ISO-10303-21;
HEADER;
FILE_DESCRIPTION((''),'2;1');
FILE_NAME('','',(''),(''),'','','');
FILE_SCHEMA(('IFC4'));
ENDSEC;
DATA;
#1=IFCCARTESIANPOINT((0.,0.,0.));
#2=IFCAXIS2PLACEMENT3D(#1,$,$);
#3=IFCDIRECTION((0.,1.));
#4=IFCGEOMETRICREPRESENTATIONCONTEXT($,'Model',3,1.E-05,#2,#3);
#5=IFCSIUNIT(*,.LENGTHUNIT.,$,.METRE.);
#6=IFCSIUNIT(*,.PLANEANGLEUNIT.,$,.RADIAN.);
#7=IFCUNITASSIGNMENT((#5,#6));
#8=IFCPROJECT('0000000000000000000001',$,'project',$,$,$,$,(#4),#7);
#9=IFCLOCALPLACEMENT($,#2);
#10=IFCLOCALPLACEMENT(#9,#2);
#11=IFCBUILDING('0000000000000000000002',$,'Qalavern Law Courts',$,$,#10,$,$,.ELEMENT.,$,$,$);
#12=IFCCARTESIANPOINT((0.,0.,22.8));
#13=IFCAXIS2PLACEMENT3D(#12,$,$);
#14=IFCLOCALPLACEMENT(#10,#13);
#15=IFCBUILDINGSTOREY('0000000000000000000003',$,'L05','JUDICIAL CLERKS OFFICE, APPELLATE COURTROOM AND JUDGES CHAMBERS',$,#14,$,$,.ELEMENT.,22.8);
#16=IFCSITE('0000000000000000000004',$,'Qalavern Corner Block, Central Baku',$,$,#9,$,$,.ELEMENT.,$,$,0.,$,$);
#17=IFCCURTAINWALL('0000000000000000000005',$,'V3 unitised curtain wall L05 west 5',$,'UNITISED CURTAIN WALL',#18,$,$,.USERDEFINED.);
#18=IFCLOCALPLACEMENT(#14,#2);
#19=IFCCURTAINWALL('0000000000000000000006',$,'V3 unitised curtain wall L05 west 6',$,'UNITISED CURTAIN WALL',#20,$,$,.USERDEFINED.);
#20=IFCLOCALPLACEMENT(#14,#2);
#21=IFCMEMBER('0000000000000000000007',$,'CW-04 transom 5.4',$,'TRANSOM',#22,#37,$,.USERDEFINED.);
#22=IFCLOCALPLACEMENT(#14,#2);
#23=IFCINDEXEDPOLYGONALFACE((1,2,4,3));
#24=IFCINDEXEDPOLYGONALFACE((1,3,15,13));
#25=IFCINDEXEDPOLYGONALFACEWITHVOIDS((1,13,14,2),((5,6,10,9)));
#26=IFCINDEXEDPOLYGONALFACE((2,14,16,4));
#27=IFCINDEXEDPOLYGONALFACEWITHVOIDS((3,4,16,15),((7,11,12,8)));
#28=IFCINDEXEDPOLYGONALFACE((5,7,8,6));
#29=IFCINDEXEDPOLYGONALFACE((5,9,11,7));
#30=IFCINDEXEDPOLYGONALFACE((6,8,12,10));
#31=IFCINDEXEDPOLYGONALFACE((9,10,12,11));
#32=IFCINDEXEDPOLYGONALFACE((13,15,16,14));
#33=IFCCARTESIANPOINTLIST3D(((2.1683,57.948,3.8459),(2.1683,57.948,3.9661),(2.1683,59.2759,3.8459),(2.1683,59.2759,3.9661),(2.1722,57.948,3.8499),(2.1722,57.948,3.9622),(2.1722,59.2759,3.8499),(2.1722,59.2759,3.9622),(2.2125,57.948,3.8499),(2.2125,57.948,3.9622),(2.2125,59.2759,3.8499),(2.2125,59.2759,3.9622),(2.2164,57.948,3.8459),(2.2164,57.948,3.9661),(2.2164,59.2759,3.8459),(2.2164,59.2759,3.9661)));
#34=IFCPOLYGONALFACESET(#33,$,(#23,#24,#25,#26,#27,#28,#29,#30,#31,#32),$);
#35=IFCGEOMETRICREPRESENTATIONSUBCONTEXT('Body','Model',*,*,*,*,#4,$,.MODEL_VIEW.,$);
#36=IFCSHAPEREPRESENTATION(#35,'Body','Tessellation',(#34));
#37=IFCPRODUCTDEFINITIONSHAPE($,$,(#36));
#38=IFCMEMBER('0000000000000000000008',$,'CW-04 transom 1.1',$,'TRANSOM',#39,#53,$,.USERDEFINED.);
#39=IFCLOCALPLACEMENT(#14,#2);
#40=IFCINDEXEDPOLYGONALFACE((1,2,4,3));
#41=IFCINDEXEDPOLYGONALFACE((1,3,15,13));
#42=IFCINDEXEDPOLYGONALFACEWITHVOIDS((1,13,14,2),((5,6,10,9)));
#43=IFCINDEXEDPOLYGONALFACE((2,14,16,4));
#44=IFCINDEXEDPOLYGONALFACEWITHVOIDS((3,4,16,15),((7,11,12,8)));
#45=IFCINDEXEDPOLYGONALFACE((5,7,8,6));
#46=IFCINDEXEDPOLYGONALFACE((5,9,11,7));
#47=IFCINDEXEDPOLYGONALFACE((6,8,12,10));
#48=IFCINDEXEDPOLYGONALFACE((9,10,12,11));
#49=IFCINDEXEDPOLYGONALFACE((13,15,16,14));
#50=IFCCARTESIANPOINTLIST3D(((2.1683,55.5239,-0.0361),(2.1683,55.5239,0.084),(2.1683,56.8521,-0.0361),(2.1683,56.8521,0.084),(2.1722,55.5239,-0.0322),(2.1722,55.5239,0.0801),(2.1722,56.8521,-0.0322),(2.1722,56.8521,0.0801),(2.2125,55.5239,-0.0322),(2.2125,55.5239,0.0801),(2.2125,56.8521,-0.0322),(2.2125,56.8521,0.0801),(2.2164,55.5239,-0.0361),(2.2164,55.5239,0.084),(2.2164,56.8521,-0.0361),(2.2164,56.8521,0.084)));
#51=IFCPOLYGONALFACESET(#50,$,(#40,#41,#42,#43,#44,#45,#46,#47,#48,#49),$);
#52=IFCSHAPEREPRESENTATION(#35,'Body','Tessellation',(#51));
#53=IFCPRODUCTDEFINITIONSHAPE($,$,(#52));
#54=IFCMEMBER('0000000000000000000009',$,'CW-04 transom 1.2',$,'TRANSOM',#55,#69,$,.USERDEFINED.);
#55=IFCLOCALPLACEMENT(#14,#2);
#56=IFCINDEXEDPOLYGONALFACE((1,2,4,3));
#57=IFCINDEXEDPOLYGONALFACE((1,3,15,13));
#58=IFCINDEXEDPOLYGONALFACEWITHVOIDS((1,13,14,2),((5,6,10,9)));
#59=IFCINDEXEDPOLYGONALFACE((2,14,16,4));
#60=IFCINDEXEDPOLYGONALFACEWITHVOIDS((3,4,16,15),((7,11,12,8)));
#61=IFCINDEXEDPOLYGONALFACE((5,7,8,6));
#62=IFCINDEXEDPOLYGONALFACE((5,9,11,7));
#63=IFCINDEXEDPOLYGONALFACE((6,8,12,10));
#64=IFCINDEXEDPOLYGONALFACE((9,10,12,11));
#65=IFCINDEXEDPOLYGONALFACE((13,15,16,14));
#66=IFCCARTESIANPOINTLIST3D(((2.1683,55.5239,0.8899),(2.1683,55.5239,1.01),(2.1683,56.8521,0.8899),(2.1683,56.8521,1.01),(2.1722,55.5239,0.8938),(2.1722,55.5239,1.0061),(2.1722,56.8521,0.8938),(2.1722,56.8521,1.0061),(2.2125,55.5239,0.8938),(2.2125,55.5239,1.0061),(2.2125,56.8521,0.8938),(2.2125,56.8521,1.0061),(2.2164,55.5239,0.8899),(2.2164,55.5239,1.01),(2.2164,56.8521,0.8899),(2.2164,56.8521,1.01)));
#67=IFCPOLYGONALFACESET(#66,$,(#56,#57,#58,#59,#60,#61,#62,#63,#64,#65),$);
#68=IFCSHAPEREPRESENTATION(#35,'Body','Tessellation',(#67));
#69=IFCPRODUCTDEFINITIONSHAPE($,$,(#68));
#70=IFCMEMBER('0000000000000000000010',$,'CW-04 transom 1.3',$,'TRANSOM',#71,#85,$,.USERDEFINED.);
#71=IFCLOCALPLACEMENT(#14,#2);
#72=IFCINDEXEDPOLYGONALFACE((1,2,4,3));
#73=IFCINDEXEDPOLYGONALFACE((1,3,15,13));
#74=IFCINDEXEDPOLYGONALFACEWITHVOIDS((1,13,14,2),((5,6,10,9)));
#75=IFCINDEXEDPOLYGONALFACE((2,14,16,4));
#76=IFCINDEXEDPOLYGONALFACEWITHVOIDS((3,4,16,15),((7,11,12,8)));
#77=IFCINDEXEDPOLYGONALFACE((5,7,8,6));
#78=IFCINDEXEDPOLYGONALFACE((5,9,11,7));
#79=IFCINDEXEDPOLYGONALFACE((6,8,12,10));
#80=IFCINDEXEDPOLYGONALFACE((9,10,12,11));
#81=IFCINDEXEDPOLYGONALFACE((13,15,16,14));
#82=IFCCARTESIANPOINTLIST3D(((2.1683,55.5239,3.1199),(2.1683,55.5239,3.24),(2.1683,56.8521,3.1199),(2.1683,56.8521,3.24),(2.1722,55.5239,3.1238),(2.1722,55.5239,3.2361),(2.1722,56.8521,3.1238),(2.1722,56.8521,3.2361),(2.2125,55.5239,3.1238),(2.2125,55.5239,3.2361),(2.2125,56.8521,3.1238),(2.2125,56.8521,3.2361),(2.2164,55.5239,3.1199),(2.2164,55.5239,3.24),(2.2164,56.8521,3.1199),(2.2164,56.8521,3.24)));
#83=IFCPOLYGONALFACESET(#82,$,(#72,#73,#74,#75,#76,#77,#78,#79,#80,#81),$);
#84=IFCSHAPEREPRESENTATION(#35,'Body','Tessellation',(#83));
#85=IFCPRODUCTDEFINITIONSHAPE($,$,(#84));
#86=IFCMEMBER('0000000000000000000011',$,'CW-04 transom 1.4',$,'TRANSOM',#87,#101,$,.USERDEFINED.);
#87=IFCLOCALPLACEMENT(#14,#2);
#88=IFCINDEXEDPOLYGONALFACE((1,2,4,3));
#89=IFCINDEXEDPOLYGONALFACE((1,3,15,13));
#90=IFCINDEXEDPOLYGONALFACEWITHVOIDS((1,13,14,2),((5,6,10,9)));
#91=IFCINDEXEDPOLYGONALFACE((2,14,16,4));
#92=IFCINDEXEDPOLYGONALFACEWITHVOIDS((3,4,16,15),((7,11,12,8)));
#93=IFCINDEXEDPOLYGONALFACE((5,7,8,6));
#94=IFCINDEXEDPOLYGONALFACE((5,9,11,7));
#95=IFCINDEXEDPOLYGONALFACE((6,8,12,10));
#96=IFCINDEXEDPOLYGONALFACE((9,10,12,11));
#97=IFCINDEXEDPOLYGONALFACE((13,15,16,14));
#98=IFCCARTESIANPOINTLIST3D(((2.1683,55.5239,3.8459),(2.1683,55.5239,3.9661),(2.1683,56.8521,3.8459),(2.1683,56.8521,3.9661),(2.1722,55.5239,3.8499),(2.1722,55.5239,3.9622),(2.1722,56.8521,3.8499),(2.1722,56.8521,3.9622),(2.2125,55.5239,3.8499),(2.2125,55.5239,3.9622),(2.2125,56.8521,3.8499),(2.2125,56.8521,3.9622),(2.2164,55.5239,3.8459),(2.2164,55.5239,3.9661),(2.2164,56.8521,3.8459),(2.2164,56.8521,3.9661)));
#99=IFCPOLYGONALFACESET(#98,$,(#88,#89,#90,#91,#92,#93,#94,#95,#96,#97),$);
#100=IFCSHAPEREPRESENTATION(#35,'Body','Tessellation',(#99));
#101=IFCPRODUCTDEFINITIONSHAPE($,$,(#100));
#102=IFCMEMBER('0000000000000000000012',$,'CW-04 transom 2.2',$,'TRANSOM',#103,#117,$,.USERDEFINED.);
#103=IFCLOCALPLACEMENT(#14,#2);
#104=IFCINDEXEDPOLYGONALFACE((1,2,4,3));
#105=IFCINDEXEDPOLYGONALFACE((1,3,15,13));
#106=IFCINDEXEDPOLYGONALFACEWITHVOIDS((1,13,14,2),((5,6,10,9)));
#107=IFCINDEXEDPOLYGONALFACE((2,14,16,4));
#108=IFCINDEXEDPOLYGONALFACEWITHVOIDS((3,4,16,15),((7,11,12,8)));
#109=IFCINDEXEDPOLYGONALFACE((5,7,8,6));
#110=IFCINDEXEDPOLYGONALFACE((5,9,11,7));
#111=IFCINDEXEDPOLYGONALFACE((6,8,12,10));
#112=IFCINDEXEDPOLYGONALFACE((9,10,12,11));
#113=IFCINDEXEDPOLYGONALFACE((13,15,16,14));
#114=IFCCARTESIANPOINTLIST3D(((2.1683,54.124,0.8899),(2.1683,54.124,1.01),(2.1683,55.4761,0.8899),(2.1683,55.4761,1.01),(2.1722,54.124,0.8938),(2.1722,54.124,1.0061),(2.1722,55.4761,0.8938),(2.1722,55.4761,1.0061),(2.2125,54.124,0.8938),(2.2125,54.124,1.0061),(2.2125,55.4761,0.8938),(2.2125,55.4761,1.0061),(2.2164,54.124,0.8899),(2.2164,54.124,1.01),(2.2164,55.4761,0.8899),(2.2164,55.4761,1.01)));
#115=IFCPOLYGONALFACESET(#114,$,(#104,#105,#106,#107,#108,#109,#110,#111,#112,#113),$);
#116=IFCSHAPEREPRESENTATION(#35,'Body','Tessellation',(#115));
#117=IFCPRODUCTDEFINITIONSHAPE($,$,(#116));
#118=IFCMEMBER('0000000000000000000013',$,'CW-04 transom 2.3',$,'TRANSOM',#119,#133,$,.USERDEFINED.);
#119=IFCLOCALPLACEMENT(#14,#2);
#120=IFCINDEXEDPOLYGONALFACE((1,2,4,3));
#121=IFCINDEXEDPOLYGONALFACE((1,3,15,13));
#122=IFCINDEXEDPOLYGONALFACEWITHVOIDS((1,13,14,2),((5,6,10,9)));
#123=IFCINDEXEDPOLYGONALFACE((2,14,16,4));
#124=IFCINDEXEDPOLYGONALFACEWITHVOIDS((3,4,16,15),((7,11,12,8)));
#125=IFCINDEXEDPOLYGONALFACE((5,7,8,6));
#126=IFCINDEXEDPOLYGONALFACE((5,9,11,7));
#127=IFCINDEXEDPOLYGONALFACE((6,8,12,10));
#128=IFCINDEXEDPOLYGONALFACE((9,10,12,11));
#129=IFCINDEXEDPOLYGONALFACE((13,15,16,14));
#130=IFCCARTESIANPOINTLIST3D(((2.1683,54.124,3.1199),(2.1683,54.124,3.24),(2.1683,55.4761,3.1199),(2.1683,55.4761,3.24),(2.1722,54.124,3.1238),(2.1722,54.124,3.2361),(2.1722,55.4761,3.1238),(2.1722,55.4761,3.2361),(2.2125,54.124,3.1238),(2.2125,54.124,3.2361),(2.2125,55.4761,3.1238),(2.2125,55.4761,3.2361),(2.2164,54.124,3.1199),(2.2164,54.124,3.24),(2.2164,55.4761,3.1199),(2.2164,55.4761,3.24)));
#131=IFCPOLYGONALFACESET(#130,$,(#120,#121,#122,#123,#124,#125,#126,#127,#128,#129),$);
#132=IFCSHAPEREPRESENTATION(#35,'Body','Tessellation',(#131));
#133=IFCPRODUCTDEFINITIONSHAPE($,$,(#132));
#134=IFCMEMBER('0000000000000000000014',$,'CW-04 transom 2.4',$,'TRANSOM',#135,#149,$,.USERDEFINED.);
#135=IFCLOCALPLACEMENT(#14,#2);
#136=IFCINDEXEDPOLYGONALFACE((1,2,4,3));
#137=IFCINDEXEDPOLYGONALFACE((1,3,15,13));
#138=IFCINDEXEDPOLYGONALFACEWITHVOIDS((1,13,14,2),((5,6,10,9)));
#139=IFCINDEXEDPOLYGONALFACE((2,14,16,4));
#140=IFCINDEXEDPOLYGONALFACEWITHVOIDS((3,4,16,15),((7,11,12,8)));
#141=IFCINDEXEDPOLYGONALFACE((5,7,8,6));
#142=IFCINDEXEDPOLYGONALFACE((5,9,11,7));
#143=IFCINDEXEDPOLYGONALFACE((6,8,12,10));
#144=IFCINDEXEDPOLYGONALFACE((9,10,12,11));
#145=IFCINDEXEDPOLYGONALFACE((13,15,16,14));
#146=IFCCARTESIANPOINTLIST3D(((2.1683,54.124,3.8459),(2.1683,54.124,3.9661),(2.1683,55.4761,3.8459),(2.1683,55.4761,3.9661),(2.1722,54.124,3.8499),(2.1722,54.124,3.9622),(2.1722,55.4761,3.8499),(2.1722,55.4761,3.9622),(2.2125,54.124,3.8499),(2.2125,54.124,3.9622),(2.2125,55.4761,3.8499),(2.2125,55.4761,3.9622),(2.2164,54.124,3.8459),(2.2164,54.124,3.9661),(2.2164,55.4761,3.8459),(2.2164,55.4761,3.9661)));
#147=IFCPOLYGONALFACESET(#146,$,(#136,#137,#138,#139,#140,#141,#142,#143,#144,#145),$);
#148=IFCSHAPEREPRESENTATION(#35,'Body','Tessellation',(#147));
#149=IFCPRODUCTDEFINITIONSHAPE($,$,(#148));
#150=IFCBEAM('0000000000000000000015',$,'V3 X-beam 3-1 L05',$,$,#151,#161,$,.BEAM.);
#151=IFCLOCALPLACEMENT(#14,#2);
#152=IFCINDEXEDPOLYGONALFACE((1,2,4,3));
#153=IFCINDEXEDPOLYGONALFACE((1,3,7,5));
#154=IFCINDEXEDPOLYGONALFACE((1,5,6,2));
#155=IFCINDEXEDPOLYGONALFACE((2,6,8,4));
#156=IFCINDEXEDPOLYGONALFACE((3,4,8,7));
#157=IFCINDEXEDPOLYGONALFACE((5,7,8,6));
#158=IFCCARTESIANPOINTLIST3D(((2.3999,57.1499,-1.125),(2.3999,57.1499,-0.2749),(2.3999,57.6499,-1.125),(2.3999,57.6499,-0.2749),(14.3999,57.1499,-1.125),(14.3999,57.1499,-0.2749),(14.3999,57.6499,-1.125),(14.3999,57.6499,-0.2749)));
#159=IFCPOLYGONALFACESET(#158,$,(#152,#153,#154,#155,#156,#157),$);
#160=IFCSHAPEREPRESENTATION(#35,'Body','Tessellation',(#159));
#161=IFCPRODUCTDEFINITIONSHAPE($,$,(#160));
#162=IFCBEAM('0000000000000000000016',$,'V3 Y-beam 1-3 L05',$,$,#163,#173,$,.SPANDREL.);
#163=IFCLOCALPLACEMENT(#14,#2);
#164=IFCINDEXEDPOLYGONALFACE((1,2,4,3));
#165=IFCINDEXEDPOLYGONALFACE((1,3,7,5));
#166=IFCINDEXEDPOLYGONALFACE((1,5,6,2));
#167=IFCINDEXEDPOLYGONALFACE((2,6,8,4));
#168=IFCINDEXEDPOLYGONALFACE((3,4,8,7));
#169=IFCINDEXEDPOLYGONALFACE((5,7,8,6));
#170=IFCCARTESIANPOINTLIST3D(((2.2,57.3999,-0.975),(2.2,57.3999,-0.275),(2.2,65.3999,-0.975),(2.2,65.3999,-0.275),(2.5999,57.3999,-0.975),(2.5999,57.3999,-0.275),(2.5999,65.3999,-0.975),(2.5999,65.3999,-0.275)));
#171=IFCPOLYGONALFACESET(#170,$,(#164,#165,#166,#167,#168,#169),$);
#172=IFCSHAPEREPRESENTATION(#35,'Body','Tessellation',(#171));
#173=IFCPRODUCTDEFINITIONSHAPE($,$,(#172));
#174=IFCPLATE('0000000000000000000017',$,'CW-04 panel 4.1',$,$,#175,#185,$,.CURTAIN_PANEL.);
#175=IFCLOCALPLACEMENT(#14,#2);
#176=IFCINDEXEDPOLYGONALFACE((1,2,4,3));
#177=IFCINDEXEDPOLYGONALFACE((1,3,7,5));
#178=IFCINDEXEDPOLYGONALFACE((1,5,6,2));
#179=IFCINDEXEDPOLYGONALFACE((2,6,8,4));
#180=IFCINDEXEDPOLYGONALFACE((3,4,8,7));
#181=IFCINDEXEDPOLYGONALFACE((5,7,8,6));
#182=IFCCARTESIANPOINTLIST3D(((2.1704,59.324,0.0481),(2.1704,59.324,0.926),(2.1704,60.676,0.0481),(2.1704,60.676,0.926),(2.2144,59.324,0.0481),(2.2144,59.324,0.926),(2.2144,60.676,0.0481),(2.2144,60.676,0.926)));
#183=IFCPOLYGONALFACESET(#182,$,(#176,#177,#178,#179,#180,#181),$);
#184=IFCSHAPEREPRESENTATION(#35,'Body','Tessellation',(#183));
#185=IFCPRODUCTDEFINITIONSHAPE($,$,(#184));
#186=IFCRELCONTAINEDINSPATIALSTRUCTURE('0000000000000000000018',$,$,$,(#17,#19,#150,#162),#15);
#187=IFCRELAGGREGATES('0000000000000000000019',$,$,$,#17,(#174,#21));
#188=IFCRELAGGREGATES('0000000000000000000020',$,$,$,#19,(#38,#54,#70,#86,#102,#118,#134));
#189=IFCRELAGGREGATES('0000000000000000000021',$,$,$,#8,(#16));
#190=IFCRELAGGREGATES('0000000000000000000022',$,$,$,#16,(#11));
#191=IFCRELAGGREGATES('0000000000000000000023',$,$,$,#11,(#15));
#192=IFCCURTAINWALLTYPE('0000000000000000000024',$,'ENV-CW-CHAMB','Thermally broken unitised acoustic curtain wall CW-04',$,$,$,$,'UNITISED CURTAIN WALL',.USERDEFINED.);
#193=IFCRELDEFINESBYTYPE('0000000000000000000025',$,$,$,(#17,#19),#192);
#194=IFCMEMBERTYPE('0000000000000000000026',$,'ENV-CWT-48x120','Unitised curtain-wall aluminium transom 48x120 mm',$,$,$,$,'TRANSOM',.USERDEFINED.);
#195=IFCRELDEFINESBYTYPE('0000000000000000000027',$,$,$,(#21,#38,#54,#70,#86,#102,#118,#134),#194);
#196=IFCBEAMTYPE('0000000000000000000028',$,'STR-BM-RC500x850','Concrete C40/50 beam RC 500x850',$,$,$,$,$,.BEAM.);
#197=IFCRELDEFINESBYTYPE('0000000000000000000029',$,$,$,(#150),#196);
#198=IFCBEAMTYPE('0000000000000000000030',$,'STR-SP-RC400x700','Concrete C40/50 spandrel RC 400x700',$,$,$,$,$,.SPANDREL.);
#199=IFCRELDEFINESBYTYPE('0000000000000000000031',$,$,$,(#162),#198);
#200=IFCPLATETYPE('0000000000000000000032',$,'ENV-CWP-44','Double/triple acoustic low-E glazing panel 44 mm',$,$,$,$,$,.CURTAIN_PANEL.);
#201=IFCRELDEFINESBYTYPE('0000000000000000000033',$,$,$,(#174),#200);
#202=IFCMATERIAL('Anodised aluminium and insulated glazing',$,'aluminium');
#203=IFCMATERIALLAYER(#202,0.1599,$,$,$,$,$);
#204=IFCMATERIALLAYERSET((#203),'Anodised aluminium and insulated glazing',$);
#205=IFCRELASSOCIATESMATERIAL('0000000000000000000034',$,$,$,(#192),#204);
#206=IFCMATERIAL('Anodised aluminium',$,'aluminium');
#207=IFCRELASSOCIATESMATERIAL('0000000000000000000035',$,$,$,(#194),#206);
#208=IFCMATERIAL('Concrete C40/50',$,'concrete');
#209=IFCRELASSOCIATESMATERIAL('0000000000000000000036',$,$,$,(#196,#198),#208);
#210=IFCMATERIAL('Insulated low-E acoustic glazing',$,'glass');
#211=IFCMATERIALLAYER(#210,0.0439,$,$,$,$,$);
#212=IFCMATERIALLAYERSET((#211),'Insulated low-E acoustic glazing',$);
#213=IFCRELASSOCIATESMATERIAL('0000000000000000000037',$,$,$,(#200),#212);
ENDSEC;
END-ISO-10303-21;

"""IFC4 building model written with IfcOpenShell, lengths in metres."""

from ifc_helpers import new_model, si_unit, direction, frame, origin, origin_2d, place, context, subcontext, project, spatial, rectangle, hollow_rectangle, extrude, material, layer, layer_set, material_profile, profile_set, type_object, element, aggregate, save


model = new_model("IFC4")

# Units and contexts
model_context = context("Model", 3, precision=1e-05, world=origin(), true_north=direction((0.0, 1.0)))
body_context = subcontext(model_context, "Body", "Model", "MODEL_VIEW")
ifc_project = project(units=[si_unit("LENGTHUNIT", "METRE"), si_unit("PLANEANGLEUNIT", "RADIAN")], contexts=[model_context])

# Site, building, storey
site_placement = place(None, origin())
site = spatial("IfcSite", under=ifc_project, at=site_placement, Name="Qalavern Corner Block, Central Baku", CompositionType="ELEMENT", RefElevation=0.0)
building_placement = place(site_placement, origin())
building = spatial("IfcBuilding", under=site, at=building_placement, Name="Qalavern Law Courts", CompositionType="ELEMENT")
storey_placement = place(building_placement, frame((0.0, 0.0, 22.8)))
storey = spatial("IfcBuildingStorey", under=building, at=storey_placement, Name="L05", Description="JUDICIAL CLERKS OFFICE, APPELLATE COURTROOM AND JUDGES CHAMBERS", CompositionType="ELEMENT", Elevation=22.8)

# Curtain walls
ifc_material_1 = material(Name="Anodised aluminium and insulated glazing", Category="aluminium")
ifc_layer_1 = layer(ifc_material_1, 0.1599)
ifc_layer_set_1 = layer_set([ifc_layer_1], Name="Anodised aluminium and insulated glazing")
curtain_wall_type = type_object("IfcCurtainWallType", Name="ENV-CW-CHAMB", Description="Thermally broken unitised acoustic curtain wall CW-04", ElementType="UNITISED CURTAIN WALL", PredefinedType="USERDEFINED", material=ifc_layer_set_1)
curtain_wall_1_placement = place(storey_placement, origin())
curtain_wall_1 = element("IfcCurtainWall", 1, at=curtain_wall_1_placement, inside=storey, type_object=curtain_wall_type, Name="V3 unitised curtain wall L05 west 5", ObjectType="UNITISED CURTAIN WALL", PredefinedType="USERDEFINED")
ifc_material_2 = material(Name="Anodised aluminium", Category="aluminium")
curtain_wall_2_placement = place(storey_placement, origin())
curtain_wall_2 = element("IfcCurtainWall", 2, at=curtain_wall_2_placement, inside=storey, type_object=curtain_wall_type, Name="V3 unitised curtain wall L05 west 6", ObjectType="UNITISED CURTAIN WALL", PredefinedType="USERDEFINED")

# Members
ifc_material_profile_1 = material_profile(ifc_material_2, hollow_rectangle(XDim=0.0481, YDim=0.1201, WallThickness=0.0039, at=origin_2d()), Name="ALU TRANSOM 48x120")
ifc_profile_set_1 = profile_set([ifc_material_profile_1], Name="Anodised aluminium")
member_type_1 = type_object("IfcMemberType", Name="ENV-CWT-48x120", Description="Unitised curtain-wall aluminium transom 48x120 mm", ElementType="TRANSOM", PredefinedType="USERDEFINED", material=ifc_profile_set_1)
member_1_placement = place(storey_placement, frame((2.1924, 59.2759, 3.906), z_axis=(0.0, -1.0, 0.0), x_axis=(1.0, 0.0, 0.0)))
member_1 = element("IfcMember", 3, at=member_1_placement, type_object=member_type_1, Name="CW-04 transom 5.4", ObjectType="TRANSOM", PredefinedType="USERDEFINED", context=body_context, shape_type="SweptSolid", body=[
    extrude(hollow_rectangle(XDim=0.0481, YDim=0.1201, WallThickness=0.0039, at=origin_2d()), origin(), (0.0, 0.0, 1.0), 1.3279),
])
member_2_placement = place(storey_placement, frame((2.1924, 56.8521, 0.0239), z_axis=(0.0, -1.0, 0.0), x_axis=(1.0, 0.0, 0.0)))
member_2 = element("IfcMember", 4, at=member_2_placement, type_object=member_type_1, Name="CW-04 transom 1.1", ObjectType="TRANSOM", PredefinedType="USERDEFINED", context=body_context, shape_type="SweptSolid", body=[
    extrude(hollow_rectangle(XDim=0.0481, YDim=0.1201, WallThickness=0.0039, at=origin_2d()), origin(), (0.0, 0.0, 1.0), 1.3281),
])
member_3_placement = place(storey_placement, frame((2.1924, 56.8521, 0.95), z_axis=(0.0, -1.0, 0.0), x_axis=(1.0, 0.0, 0.0)))
member_3 = element("IfcMember", 5, at=member_3_placement, type_object=member_type_1, Name="CW-04 transom 1.2", ObjectType="TRANSOM", PredefinedType="USERDEFINED", context=body_context, shape_type="SweptSolid", body=[
    extrude(hollow_rectangle(XDim=0.0481, YDim=0.1201, WallThickness=0.0039, at=origin_2d()), origin(), (0.0, 0.0, 1.0), 1.3281),
])
member_4_placement = place(storey_placement, frame((2.1924, 56.8521, 3.1799), z_axis=(0.0, -1.0, 0.0), x_axis=(1.0, 0.0, 0.0)))
member_4 = element("IfcMember", 6, at=member_4_placement, type_object=member_type_1, Name="CW-04 transom 1.3", ObjectType="TRANSOM", PredefinedType="USERDEFINED", context=body_context, shape_type="SweptSolid", body=[
    extrude(hollow_rectangle(XDim=0.0481, YDim=0.1201, WallThickness=0.0039, at=origin_2d()), origin(), (0.0, 0.0, 1.0), 1.3281),
])
member_5_placement = place(storey_placement, frame((2.1924, 56.8521, 3.906), z_axis=(0.0, -1.0, 0.0), x_axis=(1.0, 0.0, 0.0)))
member_5 = element("IfcMember", 7, at=member_5_placement, type_object=member_type_1, Name="CW-04 transom 1.4", ObjectType="TRANSOM", PredefinedType="USERDEFINED", context=body_context, shape_type="SweptSolid", body=[
    extrude(hollow_rectangle(XDim=0.0481, YDim=0.1201, WallThickness=0.0039, at=origin_2d()), origin(), (0.0, 0.0, 1.0), 1.3281),
])
member_6_placement = place(storey_placement, frame((2.1924, 55.4761, 0.95), z_axis=(0.0, -1.0, 0.0), x_axis=(1.0, 0.0, 0.0)))
member_6 = element("IfcMember", 8, at=member_6_placement, type_object=member_type_1, Name="CW-04 transom 2.2", ObjectType="TRANSOM", PredefinedType="USERDEFINED", context=body_context, shape_type="SweptSolid", body=[
    extrude(hollow_rectangle(XDim=0.0481, YDim=0.1201, WallThickness=0.0039, at=origin_2d()), origin(), (0.0, 0.0, 1.0), 1.3521),
])
member_7_placement = place(storey_placement, frame((2.1924, 55.4761, 3.1799), z_axis=(0.0, -1.0, 0.0), x_axis=(1.0, 0.0, 0.0)))
member_7 = element("IfcMember", 9, at=member_7_placement, type_object=member_type_1, Name="CW-04 transom 2.3", ObjectType="TRANSOM", PredefinedType="USERDEFINED", context=body_context, shape_type="SweptSolid", body=[
    extrude(hollow_rectangle(XDim=0.0481, YDim=0.1201, WallThickness=0.0039, at=origin_2d()), origin(), (0.0, 0.0, 1.0), 1.3521),
])
member_8_placement = place(storey_placement, frame((2.1924, 55.4761, 3.906), z_axis=(0.0, -1.0, 0.0), x_axis=(1.0, 0.0, 0.0)))
member_8 = element("IfcMember", 10, at=member_8_placement, type_object=member_type_1, Name="CW-04 transom 2.4", ObjectType="TRANSOM", PredefinedType="USERDEFINED", context=body_context, shape_type="SweptSolid", body=[
    extrude(hollow_rectangle(XDim=0.0481, YDim=0.1201, WallThickness=0.0039, at=origin_2d()), origin(), (0.0, 0.0, 1.0), 1.3521),
])

# Beams
ifc_material_3 = material(Name="Concrete C40/50", Category="concrete")
ifc_material_profile_2 = material_profile(ifc_material_3, rectangle(XDim=0.5, YDim=0.8501, at=origin_2d()), Name="RC 500x850")
ifc_profile_set_2 = profile_set([ifc_material_profile_2], Name="Concrete C40/50")
beam_type_1 = type_object("IfcBeamType", Name="STR-BM-RC500x850", Description="Concrete C40/50 beam RC 500x850", PredefinedType="BEAM", material=ifc_profile_set_2)
beam_1_placement = place(storey_placement, frame((2.3999, 57.3999, -0.7), z_axis=(1.0, 0.0, 0.0), x_axis=(0.0, 1.0, 0.0)))
element("IfcBeam", 11, at=beam_1_placement, inside=storey, type_object=beam_type_1, Name="V3 X-beam 3-1 L05", PredefinedType="BEAM", context=body_context, shape_type="SweptSolid", body=[
    extrude(rectangle(XDim=0.5, YDim=0.8501, at=origin_2d()), origin(), (0.0, 0.0, 1.0), 12.0),
])
ifc_material_profile_3 = material_profile(ifc_material_3, rectangle(XDim=0.3999, YDim=0.7, at=origin_2d()), Name="RC 400x700")
ifc_profile_set_3 = profile_set([ifc_material_profile_3], Name="Concrete C40/50")
beam_type_2 = type_object("IfcBeamType", Name="STR-SP-RC400x700", Description="Concrete C40/50 spandrel RC 400x700", PredefinedType="SPANDREL", material=ifc_profile_set_3)
beam_2_placement = place(storey_placement, frame((2.3999, 57.3999, -0.625), z_axis=(0.0, 1.0, 0.0), x_axis=(-1.0, 0.0, 0.0)))
element("IfcBeam", 12, at=beam_2_placement, inside=storey, type_object=beam_type_2, Name="V3 Y-beam 1-3 L05", PredefinedType="SPANDREL", context=body_context, shape_type="SweptSolid", body=[
    extrude(rectangle(XDim=0.3999, YDim=0.7, at=origin_2d()), origin(), (0.0, 0.0, 1.0), 8.0),
])

# Plate
ifc_material_4 = material(Name="Insulated low-E acoustic glazing", Category="glass")
ifc_layer_2 = layer(ifc_material_4, 0.0439)
ifc_layer_set_2 = layer_set([ifc_layer_2], Name="Insulated low-E acoustic glazing")
plate_type_1 = type_object("IfcPlateType", Name="ENV-CWP-44", Description="Double/triple acoustic low-E glazing panel 44 mm", PredefinedType="CURTAIN_PANEL", material=ifc_layer_set_2)
plate_1_placement = place(storey_placement, frame((2.1924, 60.0, 0.0481), z_axis=(0.0, 0.0, 1.0), x_axis=(0.0, -1.0, 0.0)))
plate_1 = element("IfcPlate", 13, at=plate_1_placement, type_object=plate_type_1, Name="CW-04 panel 4.1", PredefinedType="CURTAIN_PANEL", context=body_context, shape_type="SweptSolid", body=[
    extrude(rectangle(XDim=1.3521, YDim=0.0439, at=origin_2d()), origin(), (0.0, 0.0, 1.0), 0.8779),
])
aggregate(curtain_wall_1, [plate_1, member_1])
aggregate(curtain_wall_2, [member_2, member_3, member_4, member_5, member_6, member_7, member_8])

save(model, "model.ifc")
